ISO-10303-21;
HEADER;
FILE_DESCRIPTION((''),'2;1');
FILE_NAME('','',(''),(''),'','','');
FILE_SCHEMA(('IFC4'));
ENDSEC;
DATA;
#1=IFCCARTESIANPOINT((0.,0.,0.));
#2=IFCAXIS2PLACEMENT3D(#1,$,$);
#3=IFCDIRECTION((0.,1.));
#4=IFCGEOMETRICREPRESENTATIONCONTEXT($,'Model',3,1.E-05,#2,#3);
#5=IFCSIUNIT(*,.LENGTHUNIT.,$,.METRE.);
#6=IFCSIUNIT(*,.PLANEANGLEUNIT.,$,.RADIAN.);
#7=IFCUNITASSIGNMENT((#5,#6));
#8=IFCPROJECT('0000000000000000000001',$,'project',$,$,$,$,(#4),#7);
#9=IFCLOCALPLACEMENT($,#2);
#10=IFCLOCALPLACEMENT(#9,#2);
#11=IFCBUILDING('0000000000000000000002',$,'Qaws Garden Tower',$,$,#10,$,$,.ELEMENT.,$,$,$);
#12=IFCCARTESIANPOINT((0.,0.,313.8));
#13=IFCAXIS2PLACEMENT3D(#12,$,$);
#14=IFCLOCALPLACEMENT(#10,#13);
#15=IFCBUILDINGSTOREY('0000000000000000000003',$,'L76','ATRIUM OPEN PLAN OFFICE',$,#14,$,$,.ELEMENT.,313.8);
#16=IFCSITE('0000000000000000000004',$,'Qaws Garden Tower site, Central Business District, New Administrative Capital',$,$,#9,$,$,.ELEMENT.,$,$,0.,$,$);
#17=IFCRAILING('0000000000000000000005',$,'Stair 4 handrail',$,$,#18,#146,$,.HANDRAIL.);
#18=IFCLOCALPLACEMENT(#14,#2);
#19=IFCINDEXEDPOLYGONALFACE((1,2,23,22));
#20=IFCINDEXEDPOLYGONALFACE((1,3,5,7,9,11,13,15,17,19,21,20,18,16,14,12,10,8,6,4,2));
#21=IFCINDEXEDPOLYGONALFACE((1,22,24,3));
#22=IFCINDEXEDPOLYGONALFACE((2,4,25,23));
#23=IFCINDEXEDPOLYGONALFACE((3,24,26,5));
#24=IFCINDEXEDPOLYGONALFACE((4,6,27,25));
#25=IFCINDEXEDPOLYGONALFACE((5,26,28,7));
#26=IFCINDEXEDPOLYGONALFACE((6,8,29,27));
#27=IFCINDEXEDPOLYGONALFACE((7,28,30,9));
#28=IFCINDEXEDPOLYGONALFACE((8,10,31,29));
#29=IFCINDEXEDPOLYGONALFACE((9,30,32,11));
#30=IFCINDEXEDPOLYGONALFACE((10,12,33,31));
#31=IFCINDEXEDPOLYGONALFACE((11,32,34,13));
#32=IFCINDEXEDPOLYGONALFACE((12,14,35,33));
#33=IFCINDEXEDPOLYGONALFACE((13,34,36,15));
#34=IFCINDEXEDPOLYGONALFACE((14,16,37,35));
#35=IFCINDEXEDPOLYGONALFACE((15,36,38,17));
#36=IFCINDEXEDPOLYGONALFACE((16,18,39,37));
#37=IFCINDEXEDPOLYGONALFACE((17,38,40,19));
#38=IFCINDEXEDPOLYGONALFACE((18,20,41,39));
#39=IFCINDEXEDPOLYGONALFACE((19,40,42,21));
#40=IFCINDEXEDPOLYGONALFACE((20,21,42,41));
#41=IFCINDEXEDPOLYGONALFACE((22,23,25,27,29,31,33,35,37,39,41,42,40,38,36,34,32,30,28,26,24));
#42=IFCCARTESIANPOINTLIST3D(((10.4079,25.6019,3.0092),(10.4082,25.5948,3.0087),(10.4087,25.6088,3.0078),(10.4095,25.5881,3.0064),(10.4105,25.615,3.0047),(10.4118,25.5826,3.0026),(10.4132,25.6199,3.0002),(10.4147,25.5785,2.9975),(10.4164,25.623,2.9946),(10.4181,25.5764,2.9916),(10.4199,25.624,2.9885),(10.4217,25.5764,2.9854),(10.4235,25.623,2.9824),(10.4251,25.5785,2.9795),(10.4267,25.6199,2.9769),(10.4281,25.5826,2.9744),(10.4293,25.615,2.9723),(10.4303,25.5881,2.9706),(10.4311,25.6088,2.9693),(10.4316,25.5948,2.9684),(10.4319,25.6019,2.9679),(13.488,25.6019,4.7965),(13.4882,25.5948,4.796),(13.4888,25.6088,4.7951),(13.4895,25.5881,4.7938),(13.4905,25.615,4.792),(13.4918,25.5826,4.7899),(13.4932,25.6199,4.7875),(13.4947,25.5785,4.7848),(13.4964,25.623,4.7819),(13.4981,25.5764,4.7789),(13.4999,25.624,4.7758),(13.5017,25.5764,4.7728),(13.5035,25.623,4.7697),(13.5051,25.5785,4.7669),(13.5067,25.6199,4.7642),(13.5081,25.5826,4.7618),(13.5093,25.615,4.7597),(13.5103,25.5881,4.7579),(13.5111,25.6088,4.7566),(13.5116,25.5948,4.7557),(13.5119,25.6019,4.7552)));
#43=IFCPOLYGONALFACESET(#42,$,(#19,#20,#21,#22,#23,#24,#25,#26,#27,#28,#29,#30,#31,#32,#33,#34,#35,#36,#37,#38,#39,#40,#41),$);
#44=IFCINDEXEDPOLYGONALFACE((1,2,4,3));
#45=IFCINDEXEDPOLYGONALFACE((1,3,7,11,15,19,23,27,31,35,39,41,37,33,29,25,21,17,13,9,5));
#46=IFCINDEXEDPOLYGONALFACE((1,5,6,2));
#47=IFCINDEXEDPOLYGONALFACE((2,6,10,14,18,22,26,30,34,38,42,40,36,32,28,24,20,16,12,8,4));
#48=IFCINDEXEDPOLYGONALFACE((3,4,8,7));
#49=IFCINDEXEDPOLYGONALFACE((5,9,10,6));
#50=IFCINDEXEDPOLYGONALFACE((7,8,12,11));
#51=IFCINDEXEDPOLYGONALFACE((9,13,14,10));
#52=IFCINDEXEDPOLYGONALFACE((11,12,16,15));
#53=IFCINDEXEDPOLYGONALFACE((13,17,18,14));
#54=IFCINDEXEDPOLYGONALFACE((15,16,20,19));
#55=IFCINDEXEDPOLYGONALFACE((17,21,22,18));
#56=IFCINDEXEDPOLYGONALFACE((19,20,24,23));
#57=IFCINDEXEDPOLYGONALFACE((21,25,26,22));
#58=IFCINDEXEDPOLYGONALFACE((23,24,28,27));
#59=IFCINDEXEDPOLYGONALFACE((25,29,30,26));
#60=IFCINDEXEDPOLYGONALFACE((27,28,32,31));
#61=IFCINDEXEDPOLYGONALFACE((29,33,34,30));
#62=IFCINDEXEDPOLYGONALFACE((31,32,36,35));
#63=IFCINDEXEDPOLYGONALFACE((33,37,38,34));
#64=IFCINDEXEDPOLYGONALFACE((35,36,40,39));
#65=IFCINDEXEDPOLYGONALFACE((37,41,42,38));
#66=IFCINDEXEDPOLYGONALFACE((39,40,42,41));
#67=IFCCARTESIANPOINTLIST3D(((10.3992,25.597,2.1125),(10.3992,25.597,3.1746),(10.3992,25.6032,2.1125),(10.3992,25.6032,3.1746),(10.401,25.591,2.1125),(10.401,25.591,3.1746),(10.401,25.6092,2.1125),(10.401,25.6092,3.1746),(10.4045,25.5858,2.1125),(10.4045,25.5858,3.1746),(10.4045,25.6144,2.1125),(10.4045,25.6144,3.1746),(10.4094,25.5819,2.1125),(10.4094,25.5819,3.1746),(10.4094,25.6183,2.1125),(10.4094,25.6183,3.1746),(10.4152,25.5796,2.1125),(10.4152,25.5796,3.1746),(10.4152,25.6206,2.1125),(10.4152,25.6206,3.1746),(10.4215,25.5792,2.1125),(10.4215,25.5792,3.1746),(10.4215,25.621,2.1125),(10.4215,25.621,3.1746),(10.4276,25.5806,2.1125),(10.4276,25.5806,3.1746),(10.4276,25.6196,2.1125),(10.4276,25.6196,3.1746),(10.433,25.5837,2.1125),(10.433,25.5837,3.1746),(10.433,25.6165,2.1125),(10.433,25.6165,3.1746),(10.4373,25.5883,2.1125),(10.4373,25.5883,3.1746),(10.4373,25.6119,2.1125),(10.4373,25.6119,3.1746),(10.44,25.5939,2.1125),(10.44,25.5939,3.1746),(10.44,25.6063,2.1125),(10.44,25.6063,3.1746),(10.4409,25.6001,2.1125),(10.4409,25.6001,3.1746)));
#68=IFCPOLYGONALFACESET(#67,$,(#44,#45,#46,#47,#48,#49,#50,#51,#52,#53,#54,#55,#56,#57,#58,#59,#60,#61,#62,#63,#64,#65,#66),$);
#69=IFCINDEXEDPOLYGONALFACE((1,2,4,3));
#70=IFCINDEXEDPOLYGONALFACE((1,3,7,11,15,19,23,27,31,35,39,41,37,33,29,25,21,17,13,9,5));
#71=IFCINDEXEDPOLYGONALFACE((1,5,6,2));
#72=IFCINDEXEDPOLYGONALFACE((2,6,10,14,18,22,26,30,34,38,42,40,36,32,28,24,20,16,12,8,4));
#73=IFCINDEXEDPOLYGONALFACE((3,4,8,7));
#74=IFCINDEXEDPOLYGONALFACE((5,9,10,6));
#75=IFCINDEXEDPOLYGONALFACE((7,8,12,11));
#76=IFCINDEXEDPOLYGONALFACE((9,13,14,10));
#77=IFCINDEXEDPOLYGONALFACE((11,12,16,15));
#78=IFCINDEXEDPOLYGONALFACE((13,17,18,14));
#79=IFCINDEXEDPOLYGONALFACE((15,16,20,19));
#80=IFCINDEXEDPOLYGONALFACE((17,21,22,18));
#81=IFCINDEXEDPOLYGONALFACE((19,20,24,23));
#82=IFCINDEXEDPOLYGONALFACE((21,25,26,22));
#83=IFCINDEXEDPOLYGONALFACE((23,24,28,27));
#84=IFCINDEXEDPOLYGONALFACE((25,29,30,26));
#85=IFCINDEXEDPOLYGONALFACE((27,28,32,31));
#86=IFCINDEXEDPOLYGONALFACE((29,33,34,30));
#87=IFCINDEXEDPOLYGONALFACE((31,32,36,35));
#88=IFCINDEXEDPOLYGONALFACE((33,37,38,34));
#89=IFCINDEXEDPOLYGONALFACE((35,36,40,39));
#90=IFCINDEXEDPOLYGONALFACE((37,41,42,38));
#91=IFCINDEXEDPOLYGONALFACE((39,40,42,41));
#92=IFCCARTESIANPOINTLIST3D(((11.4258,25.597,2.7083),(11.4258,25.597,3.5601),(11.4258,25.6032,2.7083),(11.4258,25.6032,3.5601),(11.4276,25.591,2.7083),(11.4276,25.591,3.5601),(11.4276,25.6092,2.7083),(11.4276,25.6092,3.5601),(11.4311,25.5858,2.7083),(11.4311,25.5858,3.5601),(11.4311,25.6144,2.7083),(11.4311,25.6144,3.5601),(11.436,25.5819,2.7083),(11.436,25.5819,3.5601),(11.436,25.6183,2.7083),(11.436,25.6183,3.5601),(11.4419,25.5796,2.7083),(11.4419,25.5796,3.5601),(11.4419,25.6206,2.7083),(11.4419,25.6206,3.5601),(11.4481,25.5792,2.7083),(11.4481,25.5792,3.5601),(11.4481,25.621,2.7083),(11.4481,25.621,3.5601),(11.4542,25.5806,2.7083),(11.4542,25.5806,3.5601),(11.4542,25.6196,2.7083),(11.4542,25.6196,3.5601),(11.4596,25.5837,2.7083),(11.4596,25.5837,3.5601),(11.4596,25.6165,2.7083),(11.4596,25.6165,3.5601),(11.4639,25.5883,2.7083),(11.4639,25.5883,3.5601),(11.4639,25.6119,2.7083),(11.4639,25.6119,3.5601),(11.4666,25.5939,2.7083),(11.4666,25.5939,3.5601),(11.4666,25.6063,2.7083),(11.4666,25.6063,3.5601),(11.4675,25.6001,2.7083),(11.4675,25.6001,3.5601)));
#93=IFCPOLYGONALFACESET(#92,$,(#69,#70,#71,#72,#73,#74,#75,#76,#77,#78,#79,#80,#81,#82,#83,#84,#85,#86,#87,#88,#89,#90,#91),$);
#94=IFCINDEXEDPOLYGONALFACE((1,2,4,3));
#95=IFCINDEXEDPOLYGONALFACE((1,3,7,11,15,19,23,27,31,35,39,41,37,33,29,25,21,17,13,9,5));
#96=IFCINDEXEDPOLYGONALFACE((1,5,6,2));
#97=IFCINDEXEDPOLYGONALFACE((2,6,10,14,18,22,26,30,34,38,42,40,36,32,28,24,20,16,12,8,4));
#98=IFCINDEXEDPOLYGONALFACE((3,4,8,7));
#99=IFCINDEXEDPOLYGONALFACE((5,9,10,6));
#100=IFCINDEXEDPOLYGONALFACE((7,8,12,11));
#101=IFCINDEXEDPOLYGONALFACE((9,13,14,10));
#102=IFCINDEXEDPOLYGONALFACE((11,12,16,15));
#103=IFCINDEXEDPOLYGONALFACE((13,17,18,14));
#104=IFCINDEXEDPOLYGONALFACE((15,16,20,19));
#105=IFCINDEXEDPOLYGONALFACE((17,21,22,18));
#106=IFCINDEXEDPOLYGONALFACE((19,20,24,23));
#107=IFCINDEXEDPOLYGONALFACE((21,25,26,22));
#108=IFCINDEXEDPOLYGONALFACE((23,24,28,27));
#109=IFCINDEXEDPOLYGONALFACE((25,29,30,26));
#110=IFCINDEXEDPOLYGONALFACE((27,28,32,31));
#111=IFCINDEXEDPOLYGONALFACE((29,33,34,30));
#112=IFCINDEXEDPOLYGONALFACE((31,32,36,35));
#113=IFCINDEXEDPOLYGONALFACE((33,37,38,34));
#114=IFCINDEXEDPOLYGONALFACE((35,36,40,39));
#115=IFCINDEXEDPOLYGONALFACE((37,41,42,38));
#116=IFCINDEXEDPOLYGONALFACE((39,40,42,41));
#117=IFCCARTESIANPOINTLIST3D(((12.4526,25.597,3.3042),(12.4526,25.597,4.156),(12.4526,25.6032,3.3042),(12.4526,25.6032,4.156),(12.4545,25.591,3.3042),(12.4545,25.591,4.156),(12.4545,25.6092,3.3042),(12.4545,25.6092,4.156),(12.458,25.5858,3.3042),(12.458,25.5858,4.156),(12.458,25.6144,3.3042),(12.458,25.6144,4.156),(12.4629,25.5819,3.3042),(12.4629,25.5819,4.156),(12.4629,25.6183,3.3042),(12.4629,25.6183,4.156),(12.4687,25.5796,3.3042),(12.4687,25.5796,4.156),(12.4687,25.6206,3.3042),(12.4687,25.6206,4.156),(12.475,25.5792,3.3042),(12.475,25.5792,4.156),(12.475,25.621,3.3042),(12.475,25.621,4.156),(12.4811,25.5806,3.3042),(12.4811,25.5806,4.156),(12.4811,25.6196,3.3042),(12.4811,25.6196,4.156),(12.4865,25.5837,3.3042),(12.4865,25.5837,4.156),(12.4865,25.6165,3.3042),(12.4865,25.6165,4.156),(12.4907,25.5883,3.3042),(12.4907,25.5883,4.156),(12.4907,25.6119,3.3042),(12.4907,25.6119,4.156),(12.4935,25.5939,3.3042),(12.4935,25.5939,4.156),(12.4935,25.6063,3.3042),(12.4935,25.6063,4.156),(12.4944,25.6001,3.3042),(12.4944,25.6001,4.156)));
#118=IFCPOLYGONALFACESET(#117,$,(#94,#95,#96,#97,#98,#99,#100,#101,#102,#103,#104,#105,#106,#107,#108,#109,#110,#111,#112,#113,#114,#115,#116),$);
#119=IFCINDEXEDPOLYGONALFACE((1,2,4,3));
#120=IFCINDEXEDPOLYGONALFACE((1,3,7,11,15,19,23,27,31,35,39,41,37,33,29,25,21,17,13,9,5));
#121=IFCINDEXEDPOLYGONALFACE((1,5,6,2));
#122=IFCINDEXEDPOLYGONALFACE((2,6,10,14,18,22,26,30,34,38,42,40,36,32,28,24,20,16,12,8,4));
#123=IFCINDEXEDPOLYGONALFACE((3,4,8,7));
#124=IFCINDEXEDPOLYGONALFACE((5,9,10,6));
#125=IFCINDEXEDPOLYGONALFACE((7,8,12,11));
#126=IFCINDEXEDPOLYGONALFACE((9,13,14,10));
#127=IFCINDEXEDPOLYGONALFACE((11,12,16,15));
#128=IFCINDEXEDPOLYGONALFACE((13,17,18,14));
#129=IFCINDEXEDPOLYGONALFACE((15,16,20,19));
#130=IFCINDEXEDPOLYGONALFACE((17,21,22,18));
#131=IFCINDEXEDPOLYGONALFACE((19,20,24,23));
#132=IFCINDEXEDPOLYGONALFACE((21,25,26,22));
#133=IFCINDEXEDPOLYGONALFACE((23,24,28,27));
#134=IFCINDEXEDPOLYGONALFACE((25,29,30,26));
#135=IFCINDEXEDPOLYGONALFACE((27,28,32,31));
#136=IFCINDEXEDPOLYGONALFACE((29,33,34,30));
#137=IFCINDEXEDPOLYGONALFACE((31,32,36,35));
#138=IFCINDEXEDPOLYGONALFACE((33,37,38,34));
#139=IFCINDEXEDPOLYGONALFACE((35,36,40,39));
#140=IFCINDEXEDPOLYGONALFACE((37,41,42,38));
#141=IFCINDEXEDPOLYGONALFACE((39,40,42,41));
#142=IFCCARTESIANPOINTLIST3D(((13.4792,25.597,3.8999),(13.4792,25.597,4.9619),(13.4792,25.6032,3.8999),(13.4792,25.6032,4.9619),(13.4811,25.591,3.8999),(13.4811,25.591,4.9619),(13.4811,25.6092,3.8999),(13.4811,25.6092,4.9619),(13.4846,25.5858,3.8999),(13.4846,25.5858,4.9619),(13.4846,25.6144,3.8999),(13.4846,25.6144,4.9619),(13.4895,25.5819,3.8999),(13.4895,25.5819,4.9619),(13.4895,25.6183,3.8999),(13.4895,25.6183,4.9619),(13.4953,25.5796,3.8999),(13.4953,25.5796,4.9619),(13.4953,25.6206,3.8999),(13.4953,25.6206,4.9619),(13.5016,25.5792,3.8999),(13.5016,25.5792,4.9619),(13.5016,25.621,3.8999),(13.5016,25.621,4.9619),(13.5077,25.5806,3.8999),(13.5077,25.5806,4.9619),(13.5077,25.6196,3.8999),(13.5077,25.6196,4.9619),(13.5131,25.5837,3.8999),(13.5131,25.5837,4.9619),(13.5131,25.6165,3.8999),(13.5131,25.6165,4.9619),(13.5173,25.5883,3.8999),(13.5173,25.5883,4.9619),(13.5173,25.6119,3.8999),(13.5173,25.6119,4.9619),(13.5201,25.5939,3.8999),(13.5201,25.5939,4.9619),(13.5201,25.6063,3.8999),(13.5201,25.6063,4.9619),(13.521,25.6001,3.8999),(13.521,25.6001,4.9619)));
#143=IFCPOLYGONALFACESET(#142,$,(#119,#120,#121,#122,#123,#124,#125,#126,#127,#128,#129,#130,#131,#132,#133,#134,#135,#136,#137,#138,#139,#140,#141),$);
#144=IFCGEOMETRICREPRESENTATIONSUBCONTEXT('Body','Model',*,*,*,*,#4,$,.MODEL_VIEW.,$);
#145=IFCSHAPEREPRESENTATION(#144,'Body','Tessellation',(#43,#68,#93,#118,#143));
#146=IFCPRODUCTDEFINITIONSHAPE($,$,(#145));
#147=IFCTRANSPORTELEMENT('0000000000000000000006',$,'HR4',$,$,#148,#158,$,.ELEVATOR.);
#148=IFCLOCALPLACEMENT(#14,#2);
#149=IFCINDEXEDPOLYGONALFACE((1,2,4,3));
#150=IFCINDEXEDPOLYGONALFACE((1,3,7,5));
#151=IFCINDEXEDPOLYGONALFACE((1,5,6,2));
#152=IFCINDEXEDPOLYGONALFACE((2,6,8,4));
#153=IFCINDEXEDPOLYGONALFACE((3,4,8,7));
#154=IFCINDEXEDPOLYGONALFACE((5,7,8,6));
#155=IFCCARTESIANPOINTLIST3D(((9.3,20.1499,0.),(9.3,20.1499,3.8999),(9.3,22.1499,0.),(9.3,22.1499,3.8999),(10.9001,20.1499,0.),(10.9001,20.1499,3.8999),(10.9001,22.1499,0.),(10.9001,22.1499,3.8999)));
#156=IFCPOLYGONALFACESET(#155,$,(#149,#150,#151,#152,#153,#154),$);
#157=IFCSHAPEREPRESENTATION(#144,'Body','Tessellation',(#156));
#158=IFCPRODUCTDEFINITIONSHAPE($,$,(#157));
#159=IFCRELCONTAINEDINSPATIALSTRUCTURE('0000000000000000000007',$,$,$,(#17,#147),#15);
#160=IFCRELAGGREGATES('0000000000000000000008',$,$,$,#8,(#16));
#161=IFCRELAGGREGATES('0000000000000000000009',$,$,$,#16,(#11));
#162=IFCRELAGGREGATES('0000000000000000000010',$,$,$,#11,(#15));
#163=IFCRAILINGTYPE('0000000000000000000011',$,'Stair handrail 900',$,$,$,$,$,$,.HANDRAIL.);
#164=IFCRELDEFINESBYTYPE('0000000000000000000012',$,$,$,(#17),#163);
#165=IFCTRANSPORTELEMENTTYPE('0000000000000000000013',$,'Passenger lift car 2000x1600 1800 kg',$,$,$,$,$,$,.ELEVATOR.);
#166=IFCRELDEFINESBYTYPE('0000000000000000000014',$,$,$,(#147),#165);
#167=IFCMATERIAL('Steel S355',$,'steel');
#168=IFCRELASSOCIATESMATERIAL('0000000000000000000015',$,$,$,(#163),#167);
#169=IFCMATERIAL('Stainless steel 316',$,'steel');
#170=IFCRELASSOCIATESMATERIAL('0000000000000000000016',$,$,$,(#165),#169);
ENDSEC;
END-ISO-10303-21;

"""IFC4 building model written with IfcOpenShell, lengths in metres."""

from ifc_helpers import new_model, si_unit, direction, frame, origin, origin_2d, place, context, subcontext, project, spatial, rectangle, circle, extrude, material, type_object, element, save


model = new_model("IFC4")

# Units and contexts
model_context = context("Model", 3, precision=1e-05, world=origin(), true_north=direction((0.0, 1.0)))
body_context = subcontext(model_context, "Body", "Model", "MODEL_VIEW")
ifc_project = project(units=[si_unit("LENGTHUNIT", "METRE"), si_unit("PLANEANGLEUNIT", "RADIAN")], contexts=[model_context])

# Site, building, storey
site_placement = place(None, origin())
site = spatial("IfcSite", under=ifc_project, at=site_placement, Name="Qaws Garden Tower site, Central Business District, New Administrative Capital", CompositionType="ELEMENT", RefElevation=0.0)
building_placement = place(site_placement, origin())
building = spatial("IfcBuilding", under=site, at=building_placement, Name="Qaws Garden Tower", CompositionType="ELEMENT")
storey_placement = place(building_placement, frame((0.0, 0.0, 313.8)))
storey = spatial("IfcBuildingStorey", under=building, at=storey_placement, Name="L76", Description="ATRIUM OPEN PLAN OFFICE", CompositionType="ELEMENT", Elevation=313.8)

# Railing
ifc_material_1 = material(Name="Steel S355", Category="steel")
railing_type = type_object("IfcRailingType", Name="Stair handrail 900", PredefinedType="HANDRAIL", material=ifc_material_1)
railing_1_placement = place(storey_placement, frame((10.4199, 25.6001, 2.1125)))
element("IfcRailing", 1, at=railing_1_placement, inside=storey, type_object=railing_type, Name="Stair 4 handrail", PredefinedType="HANDRAIL", context=body_context, shape_type="SweptSolid", body=[
    extrude(circle(Radius=0.0239, at=origin_2d()), frame((0.0, 0.0, 0.876), z_axis=(0.86492, 0.0, 0.501909), x_axis=(0.0, 1.0, 0.0)), (0.0, 0.0, 1.0), 3.561),
    extrude(circle(Radius=0.021, at=origin_2d()), origin(), (0.0, 0.0, 1.0), 1.062),
    extrude(circle(Radius=0.021, at=origin_2d()), frame((1.0266, 0.0, 0.5957)), (0.0, 0.0, 1.0), 0.8518),
    extrude(circle(Radius=0.021, at=origin_2d()), frame((2.0535, 0.0, 1.1917)), (0.0, 0.0, 1.0), 0.8518),
    extrude(circle(Radius=0.021, at=origin_2d()), frame((3.0801, 0.0, 1.7874)), (0.0, 0.0, 1.0), 1.062),
])

# Transport element
ifc_material_2 = material(Name="Stainless steel 316", Category="steel")
transport_element_type = type_object("IfcTransportElementType", Name="Passenger lift car 2000x1600 1800 kg", PredefinedType="ELEVATOR", material=ifc_material_2)
transport_element_placement = place(storey_placement, frame((10.1001, 21.1499, 0.0), z_axis=(0.0, 0.0, 1.0), x_axis=(1.0, 0.0, 0.0)))
element("IfcTransportElement", 2, at=transport_element_placement, inside=storey, type_object=transport_element_type, Name="HR4", PredefinedType="ELEVATOR", context=body_context, shape_type="SweptSolid", body=[
    extrude(rectangle(XDim=1.6001, YDim=2.0, at=origin_2d()), origin(), (0.0, 0.0, 1.0), 3.8999),
])

save(model, "model.ifc")
